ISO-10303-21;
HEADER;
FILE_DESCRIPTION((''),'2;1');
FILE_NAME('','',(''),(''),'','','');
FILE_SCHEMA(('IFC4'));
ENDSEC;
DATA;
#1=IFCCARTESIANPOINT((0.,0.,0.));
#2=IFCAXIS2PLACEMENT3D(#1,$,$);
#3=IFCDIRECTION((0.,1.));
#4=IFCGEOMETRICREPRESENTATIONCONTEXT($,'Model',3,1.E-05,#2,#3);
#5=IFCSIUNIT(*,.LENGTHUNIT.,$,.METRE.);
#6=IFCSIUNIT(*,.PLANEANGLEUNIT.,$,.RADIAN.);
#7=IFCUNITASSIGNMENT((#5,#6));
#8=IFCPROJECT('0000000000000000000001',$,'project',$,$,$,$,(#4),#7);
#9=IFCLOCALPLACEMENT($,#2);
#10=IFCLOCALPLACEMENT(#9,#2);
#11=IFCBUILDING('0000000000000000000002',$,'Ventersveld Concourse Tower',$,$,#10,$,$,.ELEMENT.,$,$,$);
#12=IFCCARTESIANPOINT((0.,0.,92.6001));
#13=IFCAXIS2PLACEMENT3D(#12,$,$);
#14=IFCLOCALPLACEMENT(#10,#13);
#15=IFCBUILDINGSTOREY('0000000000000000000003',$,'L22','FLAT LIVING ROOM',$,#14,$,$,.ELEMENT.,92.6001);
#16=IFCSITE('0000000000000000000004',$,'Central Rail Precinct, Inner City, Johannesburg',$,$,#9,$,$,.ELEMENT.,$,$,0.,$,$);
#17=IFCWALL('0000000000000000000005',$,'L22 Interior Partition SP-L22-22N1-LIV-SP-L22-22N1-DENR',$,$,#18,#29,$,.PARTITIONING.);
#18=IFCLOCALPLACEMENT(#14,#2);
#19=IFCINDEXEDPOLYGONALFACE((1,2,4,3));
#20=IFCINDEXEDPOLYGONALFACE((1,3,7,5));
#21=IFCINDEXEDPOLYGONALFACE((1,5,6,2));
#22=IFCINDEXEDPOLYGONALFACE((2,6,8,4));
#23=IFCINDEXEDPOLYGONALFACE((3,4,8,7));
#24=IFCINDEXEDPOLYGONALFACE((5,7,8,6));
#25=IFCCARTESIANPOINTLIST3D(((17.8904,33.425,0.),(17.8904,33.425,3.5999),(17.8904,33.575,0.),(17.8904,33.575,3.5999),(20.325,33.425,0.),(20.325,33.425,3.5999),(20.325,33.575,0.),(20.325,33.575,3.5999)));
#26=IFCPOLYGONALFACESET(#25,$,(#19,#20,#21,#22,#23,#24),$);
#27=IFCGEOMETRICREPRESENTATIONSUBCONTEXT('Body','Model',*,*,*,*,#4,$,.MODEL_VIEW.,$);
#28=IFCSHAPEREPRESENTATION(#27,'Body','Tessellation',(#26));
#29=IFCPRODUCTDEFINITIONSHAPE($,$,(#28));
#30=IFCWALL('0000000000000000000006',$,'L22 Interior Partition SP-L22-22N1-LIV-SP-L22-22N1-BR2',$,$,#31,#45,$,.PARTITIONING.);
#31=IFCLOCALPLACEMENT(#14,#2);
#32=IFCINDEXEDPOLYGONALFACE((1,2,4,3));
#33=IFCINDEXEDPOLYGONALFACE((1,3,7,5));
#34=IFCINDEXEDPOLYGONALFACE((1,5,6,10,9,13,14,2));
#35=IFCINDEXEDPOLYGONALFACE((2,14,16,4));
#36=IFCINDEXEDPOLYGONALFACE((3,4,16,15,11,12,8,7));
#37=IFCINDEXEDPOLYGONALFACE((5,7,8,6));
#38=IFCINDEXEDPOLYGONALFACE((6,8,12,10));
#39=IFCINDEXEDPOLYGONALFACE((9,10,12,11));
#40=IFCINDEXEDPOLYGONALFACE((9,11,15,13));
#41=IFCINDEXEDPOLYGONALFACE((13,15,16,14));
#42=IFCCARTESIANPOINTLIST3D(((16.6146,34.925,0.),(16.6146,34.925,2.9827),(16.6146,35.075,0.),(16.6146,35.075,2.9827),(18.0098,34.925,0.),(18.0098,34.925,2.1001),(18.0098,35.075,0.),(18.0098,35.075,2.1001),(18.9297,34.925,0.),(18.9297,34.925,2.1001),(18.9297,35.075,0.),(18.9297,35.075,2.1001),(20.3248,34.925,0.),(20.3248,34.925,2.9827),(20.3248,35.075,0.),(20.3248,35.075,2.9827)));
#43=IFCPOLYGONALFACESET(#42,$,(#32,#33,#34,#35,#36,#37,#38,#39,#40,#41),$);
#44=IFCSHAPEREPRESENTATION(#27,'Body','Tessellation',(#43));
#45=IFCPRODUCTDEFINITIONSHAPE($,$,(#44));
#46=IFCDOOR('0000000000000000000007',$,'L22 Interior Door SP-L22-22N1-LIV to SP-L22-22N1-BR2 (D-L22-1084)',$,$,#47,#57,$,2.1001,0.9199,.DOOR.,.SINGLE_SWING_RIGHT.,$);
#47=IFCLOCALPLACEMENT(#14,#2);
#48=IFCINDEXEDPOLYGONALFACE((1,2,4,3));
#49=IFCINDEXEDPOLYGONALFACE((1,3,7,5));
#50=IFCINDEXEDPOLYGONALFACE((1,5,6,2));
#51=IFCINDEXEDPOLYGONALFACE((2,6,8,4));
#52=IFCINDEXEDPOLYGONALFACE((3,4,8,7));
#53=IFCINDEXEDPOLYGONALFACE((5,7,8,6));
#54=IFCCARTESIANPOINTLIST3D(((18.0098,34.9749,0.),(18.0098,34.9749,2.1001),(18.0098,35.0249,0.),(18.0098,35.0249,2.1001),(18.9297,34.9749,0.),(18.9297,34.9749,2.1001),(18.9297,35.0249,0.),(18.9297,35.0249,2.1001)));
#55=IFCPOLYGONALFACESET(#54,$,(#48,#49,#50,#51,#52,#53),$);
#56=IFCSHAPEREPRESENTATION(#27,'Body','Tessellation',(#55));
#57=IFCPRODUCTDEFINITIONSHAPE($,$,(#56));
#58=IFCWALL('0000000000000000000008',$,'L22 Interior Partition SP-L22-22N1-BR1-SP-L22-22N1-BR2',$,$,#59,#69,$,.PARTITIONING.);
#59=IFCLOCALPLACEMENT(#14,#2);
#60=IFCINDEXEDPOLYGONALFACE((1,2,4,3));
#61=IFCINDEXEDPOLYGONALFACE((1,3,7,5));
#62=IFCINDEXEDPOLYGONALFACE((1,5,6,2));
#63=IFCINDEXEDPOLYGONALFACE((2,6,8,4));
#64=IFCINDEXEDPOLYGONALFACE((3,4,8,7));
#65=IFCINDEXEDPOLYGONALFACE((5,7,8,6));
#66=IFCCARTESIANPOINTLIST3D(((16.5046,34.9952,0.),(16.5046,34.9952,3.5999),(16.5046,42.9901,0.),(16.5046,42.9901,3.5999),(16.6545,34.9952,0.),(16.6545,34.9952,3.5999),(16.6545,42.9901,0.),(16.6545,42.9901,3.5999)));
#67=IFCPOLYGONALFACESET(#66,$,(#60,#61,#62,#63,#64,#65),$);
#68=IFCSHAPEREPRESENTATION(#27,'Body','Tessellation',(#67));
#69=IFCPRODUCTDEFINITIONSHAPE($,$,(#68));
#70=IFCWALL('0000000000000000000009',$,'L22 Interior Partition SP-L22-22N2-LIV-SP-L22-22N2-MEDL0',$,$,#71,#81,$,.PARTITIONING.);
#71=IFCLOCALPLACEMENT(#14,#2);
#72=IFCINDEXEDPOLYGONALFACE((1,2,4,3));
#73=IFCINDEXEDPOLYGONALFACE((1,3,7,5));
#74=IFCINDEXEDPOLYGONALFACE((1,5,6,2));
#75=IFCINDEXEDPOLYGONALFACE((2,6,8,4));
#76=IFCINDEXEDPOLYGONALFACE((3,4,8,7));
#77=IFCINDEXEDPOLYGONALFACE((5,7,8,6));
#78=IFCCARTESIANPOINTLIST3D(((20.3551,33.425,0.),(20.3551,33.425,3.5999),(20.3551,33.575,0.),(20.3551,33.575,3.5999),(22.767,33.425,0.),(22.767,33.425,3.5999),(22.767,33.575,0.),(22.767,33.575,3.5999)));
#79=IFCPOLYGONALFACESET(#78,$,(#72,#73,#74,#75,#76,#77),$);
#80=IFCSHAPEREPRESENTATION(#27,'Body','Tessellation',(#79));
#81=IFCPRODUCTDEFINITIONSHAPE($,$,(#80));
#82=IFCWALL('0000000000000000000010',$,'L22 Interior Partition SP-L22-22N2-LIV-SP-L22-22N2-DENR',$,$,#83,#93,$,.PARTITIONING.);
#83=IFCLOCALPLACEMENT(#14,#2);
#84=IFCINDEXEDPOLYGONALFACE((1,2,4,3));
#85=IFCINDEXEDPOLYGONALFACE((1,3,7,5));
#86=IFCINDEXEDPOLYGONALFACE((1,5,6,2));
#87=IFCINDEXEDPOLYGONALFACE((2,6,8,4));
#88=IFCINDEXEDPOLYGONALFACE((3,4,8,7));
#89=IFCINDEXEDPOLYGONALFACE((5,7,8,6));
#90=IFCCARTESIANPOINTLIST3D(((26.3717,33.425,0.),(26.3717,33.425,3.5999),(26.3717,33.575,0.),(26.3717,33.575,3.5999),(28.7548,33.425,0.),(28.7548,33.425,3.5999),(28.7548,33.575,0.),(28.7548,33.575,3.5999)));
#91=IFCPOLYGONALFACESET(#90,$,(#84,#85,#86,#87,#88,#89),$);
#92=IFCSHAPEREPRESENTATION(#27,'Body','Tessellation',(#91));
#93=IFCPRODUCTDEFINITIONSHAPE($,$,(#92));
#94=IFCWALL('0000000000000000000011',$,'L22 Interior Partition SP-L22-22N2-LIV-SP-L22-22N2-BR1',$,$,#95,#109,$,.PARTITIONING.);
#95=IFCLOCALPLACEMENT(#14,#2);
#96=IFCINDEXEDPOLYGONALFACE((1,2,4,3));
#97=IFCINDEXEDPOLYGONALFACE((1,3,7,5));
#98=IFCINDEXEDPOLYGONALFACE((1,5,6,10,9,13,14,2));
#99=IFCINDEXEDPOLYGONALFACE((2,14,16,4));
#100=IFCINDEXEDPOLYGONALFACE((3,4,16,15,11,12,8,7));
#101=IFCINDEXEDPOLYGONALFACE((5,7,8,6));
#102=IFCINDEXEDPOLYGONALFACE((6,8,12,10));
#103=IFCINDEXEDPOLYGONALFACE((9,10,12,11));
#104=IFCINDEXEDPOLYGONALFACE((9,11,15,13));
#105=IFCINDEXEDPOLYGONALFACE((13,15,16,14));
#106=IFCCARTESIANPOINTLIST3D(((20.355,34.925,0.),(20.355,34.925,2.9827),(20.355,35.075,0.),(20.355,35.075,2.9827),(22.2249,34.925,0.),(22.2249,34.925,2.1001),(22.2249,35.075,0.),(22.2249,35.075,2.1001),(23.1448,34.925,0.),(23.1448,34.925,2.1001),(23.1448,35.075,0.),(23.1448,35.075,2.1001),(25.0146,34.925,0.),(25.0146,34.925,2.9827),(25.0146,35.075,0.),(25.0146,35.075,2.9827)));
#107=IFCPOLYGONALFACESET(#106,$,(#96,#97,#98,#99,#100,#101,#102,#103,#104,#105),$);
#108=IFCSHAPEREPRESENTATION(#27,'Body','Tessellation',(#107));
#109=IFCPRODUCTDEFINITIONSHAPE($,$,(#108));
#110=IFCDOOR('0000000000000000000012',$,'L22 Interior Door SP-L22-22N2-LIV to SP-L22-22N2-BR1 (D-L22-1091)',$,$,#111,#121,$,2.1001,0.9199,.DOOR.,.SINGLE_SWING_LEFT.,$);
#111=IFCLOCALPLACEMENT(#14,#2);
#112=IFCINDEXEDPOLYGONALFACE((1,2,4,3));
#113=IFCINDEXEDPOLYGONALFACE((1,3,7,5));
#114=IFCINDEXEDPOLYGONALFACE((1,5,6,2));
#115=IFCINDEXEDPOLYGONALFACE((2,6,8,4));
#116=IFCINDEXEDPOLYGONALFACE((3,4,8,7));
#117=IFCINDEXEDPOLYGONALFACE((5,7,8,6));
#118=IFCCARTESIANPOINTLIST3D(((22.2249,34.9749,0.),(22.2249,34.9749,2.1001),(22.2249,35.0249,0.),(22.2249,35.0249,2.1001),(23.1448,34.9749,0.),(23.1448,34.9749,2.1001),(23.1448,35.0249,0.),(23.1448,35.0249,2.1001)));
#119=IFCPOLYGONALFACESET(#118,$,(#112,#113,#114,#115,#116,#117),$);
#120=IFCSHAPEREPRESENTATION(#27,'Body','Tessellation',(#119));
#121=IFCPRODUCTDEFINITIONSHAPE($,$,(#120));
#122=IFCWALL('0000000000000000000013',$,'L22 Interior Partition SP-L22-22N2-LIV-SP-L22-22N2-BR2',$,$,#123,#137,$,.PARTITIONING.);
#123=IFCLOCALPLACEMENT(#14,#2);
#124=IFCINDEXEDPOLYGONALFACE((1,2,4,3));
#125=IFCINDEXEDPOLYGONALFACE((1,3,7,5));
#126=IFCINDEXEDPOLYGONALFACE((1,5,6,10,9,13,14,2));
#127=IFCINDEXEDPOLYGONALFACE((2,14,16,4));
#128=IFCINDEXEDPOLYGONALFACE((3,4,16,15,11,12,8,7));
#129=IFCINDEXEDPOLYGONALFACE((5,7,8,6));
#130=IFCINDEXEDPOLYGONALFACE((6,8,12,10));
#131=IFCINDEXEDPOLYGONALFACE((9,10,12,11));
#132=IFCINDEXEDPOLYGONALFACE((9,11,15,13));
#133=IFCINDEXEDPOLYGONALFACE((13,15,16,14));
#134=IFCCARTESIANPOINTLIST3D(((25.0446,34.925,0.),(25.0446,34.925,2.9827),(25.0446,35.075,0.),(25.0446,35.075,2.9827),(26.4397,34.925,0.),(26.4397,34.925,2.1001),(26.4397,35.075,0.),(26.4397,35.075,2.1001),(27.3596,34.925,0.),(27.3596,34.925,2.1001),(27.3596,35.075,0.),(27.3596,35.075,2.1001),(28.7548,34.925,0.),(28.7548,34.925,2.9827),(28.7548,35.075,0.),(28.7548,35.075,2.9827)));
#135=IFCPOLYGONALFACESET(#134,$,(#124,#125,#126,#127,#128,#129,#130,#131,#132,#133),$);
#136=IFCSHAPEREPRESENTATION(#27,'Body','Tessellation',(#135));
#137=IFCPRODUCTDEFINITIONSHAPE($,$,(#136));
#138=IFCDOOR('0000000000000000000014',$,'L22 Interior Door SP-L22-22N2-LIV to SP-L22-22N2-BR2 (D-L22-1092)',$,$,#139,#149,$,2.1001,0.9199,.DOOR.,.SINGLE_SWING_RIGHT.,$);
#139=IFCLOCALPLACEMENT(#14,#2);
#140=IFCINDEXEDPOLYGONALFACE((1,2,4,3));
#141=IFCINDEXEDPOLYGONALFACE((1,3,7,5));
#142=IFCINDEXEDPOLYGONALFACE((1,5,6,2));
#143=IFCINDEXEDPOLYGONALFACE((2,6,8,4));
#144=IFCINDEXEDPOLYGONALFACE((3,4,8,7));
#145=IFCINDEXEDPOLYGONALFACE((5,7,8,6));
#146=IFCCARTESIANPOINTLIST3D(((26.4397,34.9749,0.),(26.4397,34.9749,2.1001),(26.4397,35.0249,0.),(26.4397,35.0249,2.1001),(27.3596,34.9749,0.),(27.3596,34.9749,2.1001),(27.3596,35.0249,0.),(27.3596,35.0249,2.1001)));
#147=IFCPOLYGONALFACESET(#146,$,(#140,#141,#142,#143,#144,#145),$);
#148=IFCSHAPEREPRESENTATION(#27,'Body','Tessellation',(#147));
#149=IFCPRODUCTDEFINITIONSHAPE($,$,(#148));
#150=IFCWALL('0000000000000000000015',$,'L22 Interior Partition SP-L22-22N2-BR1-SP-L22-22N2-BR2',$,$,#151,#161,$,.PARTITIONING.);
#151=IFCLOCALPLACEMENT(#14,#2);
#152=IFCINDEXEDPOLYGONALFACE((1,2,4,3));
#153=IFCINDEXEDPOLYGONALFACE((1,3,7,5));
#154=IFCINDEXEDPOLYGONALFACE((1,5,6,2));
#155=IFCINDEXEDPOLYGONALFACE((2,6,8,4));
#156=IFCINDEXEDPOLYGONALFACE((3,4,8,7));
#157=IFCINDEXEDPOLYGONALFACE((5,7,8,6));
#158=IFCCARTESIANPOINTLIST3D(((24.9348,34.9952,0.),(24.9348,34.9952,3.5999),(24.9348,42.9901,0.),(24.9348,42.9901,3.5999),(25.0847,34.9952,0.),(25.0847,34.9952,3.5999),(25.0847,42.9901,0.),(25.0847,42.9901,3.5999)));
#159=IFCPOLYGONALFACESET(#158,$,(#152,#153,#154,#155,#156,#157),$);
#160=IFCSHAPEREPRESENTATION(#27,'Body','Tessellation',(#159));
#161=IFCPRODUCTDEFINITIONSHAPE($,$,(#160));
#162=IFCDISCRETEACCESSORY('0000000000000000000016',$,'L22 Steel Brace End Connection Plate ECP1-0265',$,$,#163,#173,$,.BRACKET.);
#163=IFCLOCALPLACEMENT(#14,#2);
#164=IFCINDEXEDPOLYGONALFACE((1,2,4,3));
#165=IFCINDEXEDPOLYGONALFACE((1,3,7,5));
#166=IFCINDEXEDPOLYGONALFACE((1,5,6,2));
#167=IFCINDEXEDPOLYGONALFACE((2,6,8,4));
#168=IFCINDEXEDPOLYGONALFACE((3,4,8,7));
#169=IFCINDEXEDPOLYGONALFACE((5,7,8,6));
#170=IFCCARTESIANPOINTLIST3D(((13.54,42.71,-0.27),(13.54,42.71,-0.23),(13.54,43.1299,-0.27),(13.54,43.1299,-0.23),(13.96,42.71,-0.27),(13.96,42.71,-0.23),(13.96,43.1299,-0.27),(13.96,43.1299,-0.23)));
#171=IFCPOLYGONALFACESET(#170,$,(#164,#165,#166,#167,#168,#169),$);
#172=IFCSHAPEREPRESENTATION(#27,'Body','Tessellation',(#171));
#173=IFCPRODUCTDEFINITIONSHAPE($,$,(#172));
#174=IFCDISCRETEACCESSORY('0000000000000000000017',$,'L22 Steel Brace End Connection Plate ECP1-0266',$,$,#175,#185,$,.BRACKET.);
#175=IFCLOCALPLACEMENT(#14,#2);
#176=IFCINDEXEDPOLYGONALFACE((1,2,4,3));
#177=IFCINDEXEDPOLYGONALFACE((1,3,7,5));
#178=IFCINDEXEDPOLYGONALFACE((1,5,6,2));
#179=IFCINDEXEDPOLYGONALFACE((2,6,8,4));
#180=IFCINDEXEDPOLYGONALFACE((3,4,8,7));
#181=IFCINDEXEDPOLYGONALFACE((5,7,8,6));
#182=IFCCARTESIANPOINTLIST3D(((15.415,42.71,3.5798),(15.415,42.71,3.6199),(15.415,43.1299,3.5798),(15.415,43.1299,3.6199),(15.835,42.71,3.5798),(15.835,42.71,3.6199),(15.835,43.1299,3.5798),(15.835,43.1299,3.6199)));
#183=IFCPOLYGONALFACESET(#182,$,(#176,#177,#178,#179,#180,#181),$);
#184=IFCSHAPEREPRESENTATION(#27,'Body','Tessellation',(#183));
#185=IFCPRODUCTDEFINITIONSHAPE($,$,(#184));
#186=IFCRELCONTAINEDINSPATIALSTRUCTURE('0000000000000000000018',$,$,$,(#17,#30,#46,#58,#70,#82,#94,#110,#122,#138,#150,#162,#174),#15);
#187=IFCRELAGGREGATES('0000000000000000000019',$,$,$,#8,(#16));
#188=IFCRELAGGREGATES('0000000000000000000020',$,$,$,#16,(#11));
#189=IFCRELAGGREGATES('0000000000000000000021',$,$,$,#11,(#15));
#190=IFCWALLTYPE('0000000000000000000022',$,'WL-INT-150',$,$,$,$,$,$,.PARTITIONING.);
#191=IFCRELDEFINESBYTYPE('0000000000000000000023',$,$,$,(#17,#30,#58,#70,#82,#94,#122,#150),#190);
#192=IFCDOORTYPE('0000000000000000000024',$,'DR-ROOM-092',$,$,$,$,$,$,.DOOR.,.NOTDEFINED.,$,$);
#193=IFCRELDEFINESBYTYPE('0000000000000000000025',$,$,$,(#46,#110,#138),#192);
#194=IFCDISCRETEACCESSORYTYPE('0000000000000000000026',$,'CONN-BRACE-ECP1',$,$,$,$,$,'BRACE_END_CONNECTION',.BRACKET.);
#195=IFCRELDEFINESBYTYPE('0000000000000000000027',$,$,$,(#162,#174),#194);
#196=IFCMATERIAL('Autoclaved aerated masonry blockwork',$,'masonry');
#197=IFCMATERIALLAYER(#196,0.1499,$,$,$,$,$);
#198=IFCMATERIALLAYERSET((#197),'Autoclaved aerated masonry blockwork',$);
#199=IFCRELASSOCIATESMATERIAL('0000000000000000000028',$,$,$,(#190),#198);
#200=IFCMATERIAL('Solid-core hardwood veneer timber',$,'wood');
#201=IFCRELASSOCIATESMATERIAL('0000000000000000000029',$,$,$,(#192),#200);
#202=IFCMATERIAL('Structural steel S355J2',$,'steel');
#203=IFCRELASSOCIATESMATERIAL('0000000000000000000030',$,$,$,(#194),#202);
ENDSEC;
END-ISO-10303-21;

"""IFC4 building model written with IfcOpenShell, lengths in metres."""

from ifc_helpers import new_model, si_unit, direction, frame, frame_2d, origin, origin_2d, place, context, subcontext, project, spatial, rectangle, extrude, material, layer, layer_set, type_object, element, fill, save


model = new_model("IFC4")

# Units and contexts
model_context = context("Model", 3, precision=1e-05, world=origin(), true_north=direction((0.0, 1.0)))
body_context = subcontext(model_context, "Body", "Model", "MODEL_VIEW")
ifc_project = project(units=[si_unit("LENGTHUNIT", "METRE"), si_unit("PLANEANGLEUNIT", "RADIAN")], contexts=[model_context])

# Site, building, storey
site_placement = place(None, origin())
site = spatial("IfcSite", under=ifc_project, at=site_placement, Name="Central Rail Precinct, Inner City, Johannesburg", CompositionType="ELEMENT", RefElevation=0.0)
building_placement = place(site_placement, origin())
building = spatial("IfcBuilding", under=site, at=building_placement, Name="Ventersveld Concourse Tower", CompositionType="ELEMENT")
storey_placement = place(building_placement, frame((0.0, 0.0, 92.6001)))
storey = spatial("IfcBuildingStorey", under=building, at=storey_placement, Name="L22", Description="FLAT LIVING ROOM", CompositionType="ELEMENT", Elevation=92.6001)

# Shared definitions
ifc_material_1 = material(Name="Structural steel S355J2", Category="steel")

# Wall
ifc_material_2 = material(Name="Autoclaved aerated masonry blockwork", Category="masonry")
ifc_layer_1 = layer(ifc_material_2, 0.1499)
ifc_layer_set_1 = layer_set([ifc_layer_1], Name="Autoclaved aerated masonry blockwork")
wall_type_1 = type_object("IfcWallType", Name="WL-INT-150", PredefinedType="PARTITIONING", material=ifc_layer_set_1)
wall_1_placement = place(storey_placement, frame((17.8904, 33.5, 0.0), z_axis=(0.0, 0.0, 1.0), x_axis=(1.0, 0.0, 0.0)))
element("IfcWall", 1, at=wall_1_placement, inside=storey, type_object=wall_type_1, Name="L22 Interior Partition SP-L22-22N1-LIV-SP-L22-22N1-DENR", PredefinedType="PARTITIONING", context=body_context, shape_type="SweptSolid", body=[
    extrude(rectangle(XDim=2.4346, YDim=0.1499, at=frame_2d((1.2173, 0.0))), origin(), (0.0, 0.0, 1.0), 3.5999),
])

# Wall, opening, door
wall_2_placement = place(storey_placement, frame((16.6147, 35.0, 0.0), z_axis=(0.0, 0.0, 1.0), x_axis=(1.0, 0.0, 0.0)))
wall_2 = element("IfcWall", 2, at=wall_2_placement, inside=storey, type_object=wall_type_1, Name="L22 Interior Partition SP-L22-22N1-LIV-SP-L22-22N1-BR2", PredefinedType="PARTITIONING", context=body_context, shape_type="SweptSolid", body=[
    extrude(rectangle(XDim=3.7102, YDim=0.1499, at=frame_2d((1.855, 0.0))), origin(), (0.0, 0.0, 1.0), 2.9827),
])
opening_1_placement = place(wall_2_placement, frame((1.395, 0.0, 0.0)))
opening_1 = element("IfcOpeningElement", 3, at=opening_1_placement, cuts=wall_2, PredefinedType="OPENING", context=body_context, shape_type="SweptSolid", body=[
    extrude(rectangle(XDim=0.9199, YDim=2.1001, at=frame_2d((0.46, 1.05))), frame((0.0, 0.085, 0.0), z_axis=(0.0, -1.0, 0.0), x_axis=(1.0, 0.0, 0.0)), (0.0, 0.0, 1.0), 0.1699),
])
ifc_material_3 = material(Name="Solid-core hardwood veneer timber", Category="wood")
door_type = type_object("IfcDoorType", Name="DR-ROOM-092", OperationType="NOTDEFINED", PredefinedType="DOOR", material=ifc_material_3)
door_1_placement = place(opening_1_placement, origin())
door_1 = element("IfcDoor", 4, at=door_1_placement, inside=storey, type_object=door_type, Name="L22 Interior Door SP-L22-22N1-LIV to SP-L22-22N1-BR2 (D-L22-1084)", OperationType="SINGLE_SWING_RIGHT", OverallHeight=2.1001, OverallWidth=0.9199, PredefinedType="DOOR", context=body_context, shape_type="SweptSolid", body=[
    extrude(rectangle(XDim=0.9199, YDim=2.1001, at=frame_2d((0.46, 1.05))), frame((0.0, 0.0249, 0.0), z_axis=(0.0, -1.0, 0.0), x_axis=(1.0, 0.0, 0.0)), (0.0, 0.0, 1.0), 0.05),
])
fill(opening_1, door_1)

# Walls
wall_3_placement = place(storey_placement, frame((16.5796, 34.9951, 0.0), z_axis=(0.0, 0.0, 1.0), x_axis=(0.0, 1.0, 0.0)))
element("IfcWall", 5, at=wall_3_placement, inside=storey, type_object=wall_type_1, Name="L22 Interior Partition SP-L22-22N1-BR1-SP-L22-22N1-BR2", PredefinedType="PARTITIONING", context=body_context, shape_type="SweptSolid", body=[
    extrude(rectangle(XDim=7.9949, YDim=0.1499, at=frame_2d((3.9976, 0.0))), origin(), (0.0, 0.0, 1.0), 3.5999),
])
wall_4_placement = place(storey_placement, frame((20.355, 33.5, 0.0), z_axis=(0.0, 0.0, 1.0), x_axis=(1.0, 0.0, 0.0)))
element("IfcWall", 6, at=wall_4_placement, inside=storey, type_object=wall_type_1, Name="L22 Interior Partition SP-L22-22N2-LIV-SP-L22-22N2-MEDL0", PredefinedType="PARTITIONING", context=body_context, shape_type="SweptSolid", body=[
    extrude(rectangle(XDim=2.4119, YDim=0.1499, at=frame_2d((1.2061, 0.0))), origin(), (0.0, 0.0, 1.0), 3.5999),
])
wall_5_placement = place(storey_placement, frame((26.3718, 33.5, 0.0), z_axis=(0.0, 0.0, 1.0), x_axis=(1.0, 0.0, 0.0)))
element("IfcWall", 7, at=wall_5_placement, inside=storey, type_object=wall_type_1, Name="L22 Interior Partition SP-L22-22N2-LIV-SP-L22-22N2-DENR", PredefinedType="PARTITIONING", context=body_context, shape_type="SweptSolid", body=[
    extrude(rectangle(XDim=2.3831, YDim=0.1499, at=frame_2d((1.1914, 0.0))), origin(), (0.0, 0.0, 1.0), 3.5999),
])

# Walls, openings, doors
wall_6_placement = place(storey_placement, frame((20.355, 35.0, 0.0), z_axis=(0.0, 0.0, 1.0), x_axis=(1.0, 0.0, 0.0)))
wall_6 = element("IfcWall", 8, at=wall_6_placement, inside=storey, type_object=wall_type_1, Name="L22 Interior Partition SP-L22-22N2-LIV-SP-L22-22N2-BR1", PredefinedType="PARTITIONING", context=body_context, shape_type="SweptSolid", body=[
    extrude(rectangle(XDim=4.6597, YDim=0.1499, at=frame_2d((2.3298, 0.0))), origin(), (0.0, 0.0, 1.0), 2.9827),
])
opening_2_placement = place(wall_6_placement, frame((1.8699, 0.0, 0.0)))
opening_2 = element("IfcOpeningElement", 9, at=opening_2_placement, cuts=wall_6, PredefinedType="OPENING", context=body_context, shape_type="SweptSolid", body=[
    extrude(rectangle(XDim=0.9199, YDim=2.1001, at=frame_2d((0.46, 1.05))), frame((0.0, 0.085, 0.0), z_axis=(0.0, -1.0, 0.0), x_axis=(1.0, 0.0, 0.0)), (0.0, 0.0, 1.0), 0.1699),
])
door_2_placement = place(opening_2_placement, origin())
door_2 = element("IfcDoor", 10, at=door_2_placement, inside=storey, type_object=door_type, Name="L22 Interior Door SP-L22-22N2-LIV to SP-L22-22N2-BR1 (D-L22-1091)", OperationType="SINGLE_SWING_LEFT", OverallHeight=2.1001, OverallWidth=0.9199, PredefinedType="DOOR", context=body_context, shape_type="SweptSolid", body=[
    extrude(rectangle(XDim=0.9199, YDim=2.1001, at=frame_2d((0.46, 1.05))), frame((0.0, 0.0249, 0.0), z_axis=(0.0, -1.0, 0.0), x_axis=(1.0, 0.0, 0.0)), (0.0, 0.0, 1.0), 0.05),
])
fill(opening_2, door_2)
wall_7_placement = place(storey_placement, frame((25.0447, 35.0, 0.0), z_axis=(0.0, 0.0, 1.0), x_axis=(1.0, 0.0, 0.0)))
wall_7 = element("IfcWall", 11, at=wall_7_placement, inside=storey, type_object=wall_type_1, Name="L22 Interior Partition SP-L22-22N2-LIV-SP-L22-22N2-BR2", PredefinedType="PARTITIONING", context=body_context, shape_type="SweptSolid", body=[
    extrude(rectangle(XDim=3.7102, YDim=0.1499, at=frame_2d((1.855, 0.0))), origin(), (0.0, 0.0, 1.0), 2.9827),
])
opening_3_placement = place(wall_7_placement, frame((1.395, 0.0, 0.0)))
opening_3 = element("IfcOpeningElement", 12, at=opening_3_placement, cuts=wall_7, PredefinedType="OPENING", context=body_context, shape_type="SweptSolid", body=[
    extrude(rectangle(XDim=0.9199, YDim=2.1001, at=frame_2d((0.46, 1.05))), frame((0.0, 0.085, 0.0), z_axis=(0.0, -1.0, 0.0), x_axis=(1.0, 0.0, 0.0)), (0.0, 0.0, 1.0), 0.1699),
])
door_3_placement = place(opening_3_placement, origin())
door_3 = element("IfcDoor", 13, at=door_3_placement, inside=storey, type_object=door_type, Name="L22 Interior Door SP-L22-22N2-LIV to SP-L22-22N2-BR2 (D-L22-1092)", OperationType="SINGLE_SWING_RIGHT", OverallHeight=2.1001, OverallWidth=0.9199, PredefinedType="DOOR", context=body_context, shape_type="SweptSolid", body=[
    extrude(rectangle(XDim=0.9199, YDim=2.1001, at=frame_2d((0.46, 1.05))), frame((0.0, 0.0249, 0.0), z_axis=(0.0, -1.0, 0.0), x_axis=(1.0, 0.0, 0.0)), (0.0, 0.0, 1.0), 0.05),
])
fill(opening_3, door_3)

# Wall
wall_8_placement = place(storey_placement, frame((25.0098, 34.9951, 0.0), z_axis=(0.0, 0.0, 1.0), x_axis=(0.0, 1.0, 0.0)))
element("IfcWall", 14, at=wall_8_placement, inside=storey, type_object=wall_type_1, Name="L22 Interior Partition SP-L22-22N2-BR1-SP-L22-22N2-BR2", PredefinedType="PARTITIONING", context=body_context, shape_type="SweptSolid", body=[
    extrude(rectangle(XDim=7.9949, YDim=0.1499, at=frame_2d((3.9976, 0.0))), origin(), (0.0, 0.0, 1.0), 3.5999),
])

# Discrete accessories
discrete_accessory_type = type_object("IfcDiscreteAccessoryType", Name="CONN-BRACE-ECP1", ElementType="BRACE_END_CONNECTION", PredefinedType="BRACKET", material=ifc_material_1)
for number, where, z_axis, x_axis, name in (
    (15, (13.75, 42.9199, -0.27), (0.0, 0.0, 1.0), (1.0, 0.0, 0.0), "L22 Steel Brace End Connection Plate ECP1-0265"),
    (16, (15.625, 42.9199, 3.5798), (0.0, 0.0, 1.0), (1.0, 0.0, 0.0), "L22 Steel Brace End Connection Plate ECP1-0266"),
):
    element("IfcDiscreteAccessory", number, at=place(storey_placement, frame(where, z_axis=z_axis, x_axis=x_axis)), inside=storey, type_object=discrete_accessory_type, Name=name, PredefinedType="BRACKET", context=body_context, shape_type="SweptSolid", body=[
        extrude(rectangle(XDim=0.4199, YDim=0.4199, at=origin_2d()), origin(), (0.0, 0.0, 1.0), 0.04),
    ])

save(model, "model.ifc")
